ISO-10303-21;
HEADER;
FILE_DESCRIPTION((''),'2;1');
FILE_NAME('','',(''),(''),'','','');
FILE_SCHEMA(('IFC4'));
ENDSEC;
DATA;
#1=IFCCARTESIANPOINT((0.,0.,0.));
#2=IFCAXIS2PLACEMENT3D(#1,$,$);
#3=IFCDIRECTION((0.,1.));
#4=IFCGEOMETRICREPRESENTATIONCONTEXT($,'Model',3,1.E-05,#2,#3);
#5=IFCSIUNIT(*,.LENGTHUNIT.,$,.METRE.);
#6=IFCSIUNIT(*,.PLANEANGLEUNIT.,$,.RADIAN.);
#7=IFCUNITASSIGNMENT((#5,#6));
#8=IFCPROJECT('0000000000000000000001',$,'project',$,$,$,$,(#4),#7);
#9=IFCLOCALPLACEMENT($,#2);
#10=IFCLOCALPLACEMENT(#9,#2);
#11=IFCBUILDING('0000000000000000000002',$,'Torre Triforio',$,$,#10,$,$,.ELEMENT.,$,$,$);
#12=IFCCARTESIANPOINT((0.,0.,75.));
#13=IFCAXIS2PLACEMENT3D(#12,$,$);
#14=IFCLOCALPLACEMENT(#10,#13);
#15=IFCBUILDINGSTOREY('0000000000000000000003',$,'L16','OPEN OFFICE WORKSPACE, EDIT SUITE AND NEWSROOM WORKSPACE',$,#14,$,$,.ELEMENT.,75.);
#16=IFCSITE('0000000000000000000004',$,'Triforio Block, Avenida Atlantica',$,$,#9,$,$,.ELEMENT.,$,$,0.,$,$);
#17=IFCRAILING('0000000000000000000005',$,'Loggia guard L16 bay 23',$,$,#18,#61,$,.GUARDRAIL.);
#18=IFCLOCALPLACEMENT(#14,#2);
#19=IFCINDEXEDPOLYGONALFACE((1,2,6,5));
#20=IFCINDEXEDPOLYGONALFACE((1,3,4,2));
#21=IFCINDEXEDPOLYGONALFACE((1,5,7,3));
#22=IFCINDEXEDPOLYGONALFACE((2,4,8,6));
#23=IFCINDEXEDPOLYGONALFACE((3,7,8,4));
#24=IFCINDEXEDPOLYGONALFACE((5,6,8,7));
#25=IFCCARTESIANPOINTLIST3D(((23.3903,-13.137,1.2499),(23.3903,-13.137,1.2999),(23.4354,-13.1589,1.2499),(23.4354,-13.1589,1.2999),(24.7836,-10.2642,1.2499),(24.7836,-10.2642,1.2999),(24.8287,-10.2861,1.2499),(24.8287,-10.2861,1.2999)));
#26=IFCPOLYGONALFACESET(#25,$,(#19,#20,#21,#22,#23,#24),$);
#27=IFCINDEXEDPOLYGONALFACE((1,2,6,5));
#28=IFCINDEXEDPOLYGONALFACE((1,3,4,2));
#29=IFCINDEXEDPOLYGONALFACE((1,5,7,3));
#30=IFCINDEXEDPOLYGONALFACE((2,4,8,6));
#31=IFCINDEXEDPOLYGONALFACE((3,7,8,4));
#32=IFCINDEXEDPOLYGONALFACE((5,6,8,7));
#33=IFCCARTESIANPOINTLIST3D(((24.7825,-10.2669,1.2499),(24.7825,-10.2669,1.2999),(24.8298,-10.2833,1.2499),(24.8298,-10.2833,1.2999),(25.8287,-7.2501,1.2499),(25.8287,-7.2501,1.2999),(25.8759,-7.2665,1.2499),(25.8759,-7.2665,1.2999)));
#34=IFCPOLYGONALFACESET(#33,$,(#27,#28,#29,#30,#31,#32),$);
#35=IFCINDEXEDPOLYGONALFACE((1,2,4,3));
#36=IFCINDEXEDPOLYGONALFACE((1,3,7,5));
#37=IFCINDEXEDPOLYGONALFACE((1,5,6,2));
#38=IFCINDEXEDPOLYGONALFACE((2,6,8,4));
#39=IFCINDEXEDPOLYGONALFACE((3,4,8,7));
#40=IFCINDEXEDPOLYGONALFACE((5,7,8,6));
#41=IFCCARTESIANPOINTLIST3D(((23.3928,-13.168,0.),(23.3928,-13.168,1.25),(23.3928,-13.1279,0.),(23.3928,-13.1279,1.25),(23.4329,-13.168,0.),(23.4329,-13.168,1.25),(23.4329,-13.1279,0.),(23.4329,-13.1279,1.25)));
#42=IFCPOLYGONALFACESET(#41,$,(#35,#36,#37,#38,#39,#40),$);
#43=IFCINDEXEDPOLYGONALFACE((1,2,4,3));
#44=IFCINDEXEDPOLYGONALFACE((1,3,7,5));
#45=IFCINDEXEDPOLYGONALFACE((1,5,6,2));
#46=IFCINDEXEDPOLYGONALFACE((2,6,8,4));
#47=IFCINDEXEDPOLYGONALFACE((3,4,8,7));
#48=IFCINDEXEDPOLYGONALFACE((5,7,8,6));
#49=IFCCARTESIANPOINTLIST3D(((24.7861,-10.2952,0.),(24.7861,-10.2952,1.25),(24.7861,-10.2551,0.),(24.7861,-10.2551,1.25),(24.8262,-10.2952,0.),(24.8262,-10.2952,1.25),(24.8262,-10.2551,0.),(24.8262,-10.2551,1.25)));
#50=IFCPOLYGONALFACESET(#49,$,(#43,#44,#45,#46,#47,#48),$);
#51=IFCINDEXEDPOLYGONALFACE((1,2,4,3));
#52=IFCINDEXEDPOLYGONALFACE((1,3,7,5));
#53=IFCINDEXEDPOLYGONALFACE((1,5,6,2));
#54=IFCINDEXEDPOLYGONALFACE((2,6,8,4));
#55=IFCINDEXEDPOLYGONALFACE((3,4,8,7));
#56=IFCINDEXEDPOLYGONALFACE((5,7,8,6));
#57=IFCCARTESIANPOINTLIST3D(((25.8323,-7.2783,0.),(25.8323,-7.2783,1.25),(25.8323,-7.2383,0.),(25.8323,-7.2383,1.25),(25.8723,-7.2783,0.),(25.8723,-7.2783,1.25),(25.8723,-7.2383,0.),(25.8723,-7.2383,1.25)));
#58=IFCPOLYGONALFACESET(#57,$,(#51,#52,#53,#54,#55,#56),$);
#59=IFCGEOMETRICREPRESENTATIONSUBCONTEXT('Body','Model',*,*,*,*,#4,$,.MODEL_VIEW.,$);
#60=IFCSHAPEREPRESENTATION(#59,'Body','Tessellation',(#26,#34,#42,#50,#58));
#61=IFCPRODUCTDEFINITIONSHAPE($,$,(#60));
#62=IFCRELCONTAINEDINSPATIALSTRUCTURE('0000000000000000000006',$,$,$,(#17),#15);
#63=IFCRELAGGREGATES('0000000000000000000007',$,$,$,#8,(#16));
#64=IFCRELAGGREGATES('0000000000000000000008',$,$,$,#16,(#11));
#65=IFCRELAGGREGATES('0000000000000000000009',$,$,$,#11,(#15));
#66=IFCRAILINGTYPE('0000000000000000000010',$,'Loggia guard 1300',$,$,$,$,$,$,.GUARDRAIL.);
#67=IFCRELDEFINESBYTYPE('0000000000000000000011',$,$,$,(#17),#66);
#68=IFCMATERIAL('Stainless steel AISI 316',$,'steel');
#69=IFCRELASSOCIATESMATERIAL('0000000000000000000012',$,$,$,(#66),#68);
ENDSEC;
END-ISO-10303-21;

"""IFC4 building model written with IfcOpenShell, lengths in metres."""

from ifc_helpers import new_model, si_unit, direction, frame, origin, origin_2d, place, context, subcontext, project, spatial, rectangle, extrude, material, type_object, element, save


model = new_model("IFC4")

# Units and contexts
model_context = context("Model", 3, precision=1e-05, world=origin(), true_north=direction((0.0, 1.0)))
body_context = subcontext(model_context, "Body", "Model", "MODEL_VIEW")
ifc_project = project(units=[si_unit("LENGTHUNIT", "METRE"), si_unit("PLANEANGLEUNIT", "RADIAN")], contexts=[model_context])

# Site, building, storey
site_placement = place(None, origin())
site = spatial("IfcSite", under=ifc_project, at=site_placement, Name="Triforio Block, Avenida Atlantica", CompositionType="ELEMENT", RefElevation=0.0)
building_placement = place(site_placement, origin())
building = spatial("IfcBuilding", under=site, at=building_placement, Name="Torre Triforio", CompositionType="ELEMENT")
storey_placement = place(building_placement, frame((0.0, 0.0, 75.0)))
storey = spatial("IfcBuildingStorey", under=building, at=storey_placement, Name="L16", Description="OPEN OFFICE WORKSPACE, EDIT SUITE AND NEWSROOM WORKSPACE", CompositionType="ELEMENT", Elevation=75.0)

# Railing
ifc_material_1 = material(Name="Stainless steel AISI 316", Category="steel")
railing_type = type_object("IfcRailingType", Name="Loggia guard 1300", PredefinedType="GUARDRAIL", material=ifc_material_1)
railing_1_placement = place(storey_placement, frame((23.4128, -13.1479, 0.0)))
element("IfcRailing", 1, at=railing_1_placement, inside=storey, type_object=railing_type, Name="Loggia guard L16 bay 23", PredefinedType="GUARDRAIL", context=body_context, shape_type="SweptSolid", body=[
    extrude(rectangle(XDim=0.05, YDim=0.05, at=origin_2d()), frame((0.0, 0.0, 1.2749), z_axis=(0.436384, 0.89976, 0.0), x_axis=(-0.89976, 0.436384, 0.0)), (0.0, 0.0, 1.0), 3.1929),
    extrude(rectangle(XDim=0.05, YDim=0.05, at=origin_2d()), frame((1.3933, 2.8728, 1.2749), z_axis=(0.327628, 0.944807, 0.0), x_axis=(-0.944807, 0.327628, 0.0)), (0.0, 0.0, 1.0), 3.1931),
    extrude(rectangle(XDim=0.04, YDim=0.04, at=origin_2d()), origin(), (0.0, 0.0, 1.0), 1.25),
    extrude(rectangle(XDim=0.04, YDim=0.04, at=origin_2d()), frame((1.3933, 2.8728, 0.0)), (0.0, 0.0, 1.0), 1.25),
    extrude(rectangle(XDim=0.04, YDim=0.04, at=origin_2d()), frame((2.4395, 5.8896, 0.0)), (0.0, 0.0, 1.0), 1.25),
])

save(model, "model.ifc")
